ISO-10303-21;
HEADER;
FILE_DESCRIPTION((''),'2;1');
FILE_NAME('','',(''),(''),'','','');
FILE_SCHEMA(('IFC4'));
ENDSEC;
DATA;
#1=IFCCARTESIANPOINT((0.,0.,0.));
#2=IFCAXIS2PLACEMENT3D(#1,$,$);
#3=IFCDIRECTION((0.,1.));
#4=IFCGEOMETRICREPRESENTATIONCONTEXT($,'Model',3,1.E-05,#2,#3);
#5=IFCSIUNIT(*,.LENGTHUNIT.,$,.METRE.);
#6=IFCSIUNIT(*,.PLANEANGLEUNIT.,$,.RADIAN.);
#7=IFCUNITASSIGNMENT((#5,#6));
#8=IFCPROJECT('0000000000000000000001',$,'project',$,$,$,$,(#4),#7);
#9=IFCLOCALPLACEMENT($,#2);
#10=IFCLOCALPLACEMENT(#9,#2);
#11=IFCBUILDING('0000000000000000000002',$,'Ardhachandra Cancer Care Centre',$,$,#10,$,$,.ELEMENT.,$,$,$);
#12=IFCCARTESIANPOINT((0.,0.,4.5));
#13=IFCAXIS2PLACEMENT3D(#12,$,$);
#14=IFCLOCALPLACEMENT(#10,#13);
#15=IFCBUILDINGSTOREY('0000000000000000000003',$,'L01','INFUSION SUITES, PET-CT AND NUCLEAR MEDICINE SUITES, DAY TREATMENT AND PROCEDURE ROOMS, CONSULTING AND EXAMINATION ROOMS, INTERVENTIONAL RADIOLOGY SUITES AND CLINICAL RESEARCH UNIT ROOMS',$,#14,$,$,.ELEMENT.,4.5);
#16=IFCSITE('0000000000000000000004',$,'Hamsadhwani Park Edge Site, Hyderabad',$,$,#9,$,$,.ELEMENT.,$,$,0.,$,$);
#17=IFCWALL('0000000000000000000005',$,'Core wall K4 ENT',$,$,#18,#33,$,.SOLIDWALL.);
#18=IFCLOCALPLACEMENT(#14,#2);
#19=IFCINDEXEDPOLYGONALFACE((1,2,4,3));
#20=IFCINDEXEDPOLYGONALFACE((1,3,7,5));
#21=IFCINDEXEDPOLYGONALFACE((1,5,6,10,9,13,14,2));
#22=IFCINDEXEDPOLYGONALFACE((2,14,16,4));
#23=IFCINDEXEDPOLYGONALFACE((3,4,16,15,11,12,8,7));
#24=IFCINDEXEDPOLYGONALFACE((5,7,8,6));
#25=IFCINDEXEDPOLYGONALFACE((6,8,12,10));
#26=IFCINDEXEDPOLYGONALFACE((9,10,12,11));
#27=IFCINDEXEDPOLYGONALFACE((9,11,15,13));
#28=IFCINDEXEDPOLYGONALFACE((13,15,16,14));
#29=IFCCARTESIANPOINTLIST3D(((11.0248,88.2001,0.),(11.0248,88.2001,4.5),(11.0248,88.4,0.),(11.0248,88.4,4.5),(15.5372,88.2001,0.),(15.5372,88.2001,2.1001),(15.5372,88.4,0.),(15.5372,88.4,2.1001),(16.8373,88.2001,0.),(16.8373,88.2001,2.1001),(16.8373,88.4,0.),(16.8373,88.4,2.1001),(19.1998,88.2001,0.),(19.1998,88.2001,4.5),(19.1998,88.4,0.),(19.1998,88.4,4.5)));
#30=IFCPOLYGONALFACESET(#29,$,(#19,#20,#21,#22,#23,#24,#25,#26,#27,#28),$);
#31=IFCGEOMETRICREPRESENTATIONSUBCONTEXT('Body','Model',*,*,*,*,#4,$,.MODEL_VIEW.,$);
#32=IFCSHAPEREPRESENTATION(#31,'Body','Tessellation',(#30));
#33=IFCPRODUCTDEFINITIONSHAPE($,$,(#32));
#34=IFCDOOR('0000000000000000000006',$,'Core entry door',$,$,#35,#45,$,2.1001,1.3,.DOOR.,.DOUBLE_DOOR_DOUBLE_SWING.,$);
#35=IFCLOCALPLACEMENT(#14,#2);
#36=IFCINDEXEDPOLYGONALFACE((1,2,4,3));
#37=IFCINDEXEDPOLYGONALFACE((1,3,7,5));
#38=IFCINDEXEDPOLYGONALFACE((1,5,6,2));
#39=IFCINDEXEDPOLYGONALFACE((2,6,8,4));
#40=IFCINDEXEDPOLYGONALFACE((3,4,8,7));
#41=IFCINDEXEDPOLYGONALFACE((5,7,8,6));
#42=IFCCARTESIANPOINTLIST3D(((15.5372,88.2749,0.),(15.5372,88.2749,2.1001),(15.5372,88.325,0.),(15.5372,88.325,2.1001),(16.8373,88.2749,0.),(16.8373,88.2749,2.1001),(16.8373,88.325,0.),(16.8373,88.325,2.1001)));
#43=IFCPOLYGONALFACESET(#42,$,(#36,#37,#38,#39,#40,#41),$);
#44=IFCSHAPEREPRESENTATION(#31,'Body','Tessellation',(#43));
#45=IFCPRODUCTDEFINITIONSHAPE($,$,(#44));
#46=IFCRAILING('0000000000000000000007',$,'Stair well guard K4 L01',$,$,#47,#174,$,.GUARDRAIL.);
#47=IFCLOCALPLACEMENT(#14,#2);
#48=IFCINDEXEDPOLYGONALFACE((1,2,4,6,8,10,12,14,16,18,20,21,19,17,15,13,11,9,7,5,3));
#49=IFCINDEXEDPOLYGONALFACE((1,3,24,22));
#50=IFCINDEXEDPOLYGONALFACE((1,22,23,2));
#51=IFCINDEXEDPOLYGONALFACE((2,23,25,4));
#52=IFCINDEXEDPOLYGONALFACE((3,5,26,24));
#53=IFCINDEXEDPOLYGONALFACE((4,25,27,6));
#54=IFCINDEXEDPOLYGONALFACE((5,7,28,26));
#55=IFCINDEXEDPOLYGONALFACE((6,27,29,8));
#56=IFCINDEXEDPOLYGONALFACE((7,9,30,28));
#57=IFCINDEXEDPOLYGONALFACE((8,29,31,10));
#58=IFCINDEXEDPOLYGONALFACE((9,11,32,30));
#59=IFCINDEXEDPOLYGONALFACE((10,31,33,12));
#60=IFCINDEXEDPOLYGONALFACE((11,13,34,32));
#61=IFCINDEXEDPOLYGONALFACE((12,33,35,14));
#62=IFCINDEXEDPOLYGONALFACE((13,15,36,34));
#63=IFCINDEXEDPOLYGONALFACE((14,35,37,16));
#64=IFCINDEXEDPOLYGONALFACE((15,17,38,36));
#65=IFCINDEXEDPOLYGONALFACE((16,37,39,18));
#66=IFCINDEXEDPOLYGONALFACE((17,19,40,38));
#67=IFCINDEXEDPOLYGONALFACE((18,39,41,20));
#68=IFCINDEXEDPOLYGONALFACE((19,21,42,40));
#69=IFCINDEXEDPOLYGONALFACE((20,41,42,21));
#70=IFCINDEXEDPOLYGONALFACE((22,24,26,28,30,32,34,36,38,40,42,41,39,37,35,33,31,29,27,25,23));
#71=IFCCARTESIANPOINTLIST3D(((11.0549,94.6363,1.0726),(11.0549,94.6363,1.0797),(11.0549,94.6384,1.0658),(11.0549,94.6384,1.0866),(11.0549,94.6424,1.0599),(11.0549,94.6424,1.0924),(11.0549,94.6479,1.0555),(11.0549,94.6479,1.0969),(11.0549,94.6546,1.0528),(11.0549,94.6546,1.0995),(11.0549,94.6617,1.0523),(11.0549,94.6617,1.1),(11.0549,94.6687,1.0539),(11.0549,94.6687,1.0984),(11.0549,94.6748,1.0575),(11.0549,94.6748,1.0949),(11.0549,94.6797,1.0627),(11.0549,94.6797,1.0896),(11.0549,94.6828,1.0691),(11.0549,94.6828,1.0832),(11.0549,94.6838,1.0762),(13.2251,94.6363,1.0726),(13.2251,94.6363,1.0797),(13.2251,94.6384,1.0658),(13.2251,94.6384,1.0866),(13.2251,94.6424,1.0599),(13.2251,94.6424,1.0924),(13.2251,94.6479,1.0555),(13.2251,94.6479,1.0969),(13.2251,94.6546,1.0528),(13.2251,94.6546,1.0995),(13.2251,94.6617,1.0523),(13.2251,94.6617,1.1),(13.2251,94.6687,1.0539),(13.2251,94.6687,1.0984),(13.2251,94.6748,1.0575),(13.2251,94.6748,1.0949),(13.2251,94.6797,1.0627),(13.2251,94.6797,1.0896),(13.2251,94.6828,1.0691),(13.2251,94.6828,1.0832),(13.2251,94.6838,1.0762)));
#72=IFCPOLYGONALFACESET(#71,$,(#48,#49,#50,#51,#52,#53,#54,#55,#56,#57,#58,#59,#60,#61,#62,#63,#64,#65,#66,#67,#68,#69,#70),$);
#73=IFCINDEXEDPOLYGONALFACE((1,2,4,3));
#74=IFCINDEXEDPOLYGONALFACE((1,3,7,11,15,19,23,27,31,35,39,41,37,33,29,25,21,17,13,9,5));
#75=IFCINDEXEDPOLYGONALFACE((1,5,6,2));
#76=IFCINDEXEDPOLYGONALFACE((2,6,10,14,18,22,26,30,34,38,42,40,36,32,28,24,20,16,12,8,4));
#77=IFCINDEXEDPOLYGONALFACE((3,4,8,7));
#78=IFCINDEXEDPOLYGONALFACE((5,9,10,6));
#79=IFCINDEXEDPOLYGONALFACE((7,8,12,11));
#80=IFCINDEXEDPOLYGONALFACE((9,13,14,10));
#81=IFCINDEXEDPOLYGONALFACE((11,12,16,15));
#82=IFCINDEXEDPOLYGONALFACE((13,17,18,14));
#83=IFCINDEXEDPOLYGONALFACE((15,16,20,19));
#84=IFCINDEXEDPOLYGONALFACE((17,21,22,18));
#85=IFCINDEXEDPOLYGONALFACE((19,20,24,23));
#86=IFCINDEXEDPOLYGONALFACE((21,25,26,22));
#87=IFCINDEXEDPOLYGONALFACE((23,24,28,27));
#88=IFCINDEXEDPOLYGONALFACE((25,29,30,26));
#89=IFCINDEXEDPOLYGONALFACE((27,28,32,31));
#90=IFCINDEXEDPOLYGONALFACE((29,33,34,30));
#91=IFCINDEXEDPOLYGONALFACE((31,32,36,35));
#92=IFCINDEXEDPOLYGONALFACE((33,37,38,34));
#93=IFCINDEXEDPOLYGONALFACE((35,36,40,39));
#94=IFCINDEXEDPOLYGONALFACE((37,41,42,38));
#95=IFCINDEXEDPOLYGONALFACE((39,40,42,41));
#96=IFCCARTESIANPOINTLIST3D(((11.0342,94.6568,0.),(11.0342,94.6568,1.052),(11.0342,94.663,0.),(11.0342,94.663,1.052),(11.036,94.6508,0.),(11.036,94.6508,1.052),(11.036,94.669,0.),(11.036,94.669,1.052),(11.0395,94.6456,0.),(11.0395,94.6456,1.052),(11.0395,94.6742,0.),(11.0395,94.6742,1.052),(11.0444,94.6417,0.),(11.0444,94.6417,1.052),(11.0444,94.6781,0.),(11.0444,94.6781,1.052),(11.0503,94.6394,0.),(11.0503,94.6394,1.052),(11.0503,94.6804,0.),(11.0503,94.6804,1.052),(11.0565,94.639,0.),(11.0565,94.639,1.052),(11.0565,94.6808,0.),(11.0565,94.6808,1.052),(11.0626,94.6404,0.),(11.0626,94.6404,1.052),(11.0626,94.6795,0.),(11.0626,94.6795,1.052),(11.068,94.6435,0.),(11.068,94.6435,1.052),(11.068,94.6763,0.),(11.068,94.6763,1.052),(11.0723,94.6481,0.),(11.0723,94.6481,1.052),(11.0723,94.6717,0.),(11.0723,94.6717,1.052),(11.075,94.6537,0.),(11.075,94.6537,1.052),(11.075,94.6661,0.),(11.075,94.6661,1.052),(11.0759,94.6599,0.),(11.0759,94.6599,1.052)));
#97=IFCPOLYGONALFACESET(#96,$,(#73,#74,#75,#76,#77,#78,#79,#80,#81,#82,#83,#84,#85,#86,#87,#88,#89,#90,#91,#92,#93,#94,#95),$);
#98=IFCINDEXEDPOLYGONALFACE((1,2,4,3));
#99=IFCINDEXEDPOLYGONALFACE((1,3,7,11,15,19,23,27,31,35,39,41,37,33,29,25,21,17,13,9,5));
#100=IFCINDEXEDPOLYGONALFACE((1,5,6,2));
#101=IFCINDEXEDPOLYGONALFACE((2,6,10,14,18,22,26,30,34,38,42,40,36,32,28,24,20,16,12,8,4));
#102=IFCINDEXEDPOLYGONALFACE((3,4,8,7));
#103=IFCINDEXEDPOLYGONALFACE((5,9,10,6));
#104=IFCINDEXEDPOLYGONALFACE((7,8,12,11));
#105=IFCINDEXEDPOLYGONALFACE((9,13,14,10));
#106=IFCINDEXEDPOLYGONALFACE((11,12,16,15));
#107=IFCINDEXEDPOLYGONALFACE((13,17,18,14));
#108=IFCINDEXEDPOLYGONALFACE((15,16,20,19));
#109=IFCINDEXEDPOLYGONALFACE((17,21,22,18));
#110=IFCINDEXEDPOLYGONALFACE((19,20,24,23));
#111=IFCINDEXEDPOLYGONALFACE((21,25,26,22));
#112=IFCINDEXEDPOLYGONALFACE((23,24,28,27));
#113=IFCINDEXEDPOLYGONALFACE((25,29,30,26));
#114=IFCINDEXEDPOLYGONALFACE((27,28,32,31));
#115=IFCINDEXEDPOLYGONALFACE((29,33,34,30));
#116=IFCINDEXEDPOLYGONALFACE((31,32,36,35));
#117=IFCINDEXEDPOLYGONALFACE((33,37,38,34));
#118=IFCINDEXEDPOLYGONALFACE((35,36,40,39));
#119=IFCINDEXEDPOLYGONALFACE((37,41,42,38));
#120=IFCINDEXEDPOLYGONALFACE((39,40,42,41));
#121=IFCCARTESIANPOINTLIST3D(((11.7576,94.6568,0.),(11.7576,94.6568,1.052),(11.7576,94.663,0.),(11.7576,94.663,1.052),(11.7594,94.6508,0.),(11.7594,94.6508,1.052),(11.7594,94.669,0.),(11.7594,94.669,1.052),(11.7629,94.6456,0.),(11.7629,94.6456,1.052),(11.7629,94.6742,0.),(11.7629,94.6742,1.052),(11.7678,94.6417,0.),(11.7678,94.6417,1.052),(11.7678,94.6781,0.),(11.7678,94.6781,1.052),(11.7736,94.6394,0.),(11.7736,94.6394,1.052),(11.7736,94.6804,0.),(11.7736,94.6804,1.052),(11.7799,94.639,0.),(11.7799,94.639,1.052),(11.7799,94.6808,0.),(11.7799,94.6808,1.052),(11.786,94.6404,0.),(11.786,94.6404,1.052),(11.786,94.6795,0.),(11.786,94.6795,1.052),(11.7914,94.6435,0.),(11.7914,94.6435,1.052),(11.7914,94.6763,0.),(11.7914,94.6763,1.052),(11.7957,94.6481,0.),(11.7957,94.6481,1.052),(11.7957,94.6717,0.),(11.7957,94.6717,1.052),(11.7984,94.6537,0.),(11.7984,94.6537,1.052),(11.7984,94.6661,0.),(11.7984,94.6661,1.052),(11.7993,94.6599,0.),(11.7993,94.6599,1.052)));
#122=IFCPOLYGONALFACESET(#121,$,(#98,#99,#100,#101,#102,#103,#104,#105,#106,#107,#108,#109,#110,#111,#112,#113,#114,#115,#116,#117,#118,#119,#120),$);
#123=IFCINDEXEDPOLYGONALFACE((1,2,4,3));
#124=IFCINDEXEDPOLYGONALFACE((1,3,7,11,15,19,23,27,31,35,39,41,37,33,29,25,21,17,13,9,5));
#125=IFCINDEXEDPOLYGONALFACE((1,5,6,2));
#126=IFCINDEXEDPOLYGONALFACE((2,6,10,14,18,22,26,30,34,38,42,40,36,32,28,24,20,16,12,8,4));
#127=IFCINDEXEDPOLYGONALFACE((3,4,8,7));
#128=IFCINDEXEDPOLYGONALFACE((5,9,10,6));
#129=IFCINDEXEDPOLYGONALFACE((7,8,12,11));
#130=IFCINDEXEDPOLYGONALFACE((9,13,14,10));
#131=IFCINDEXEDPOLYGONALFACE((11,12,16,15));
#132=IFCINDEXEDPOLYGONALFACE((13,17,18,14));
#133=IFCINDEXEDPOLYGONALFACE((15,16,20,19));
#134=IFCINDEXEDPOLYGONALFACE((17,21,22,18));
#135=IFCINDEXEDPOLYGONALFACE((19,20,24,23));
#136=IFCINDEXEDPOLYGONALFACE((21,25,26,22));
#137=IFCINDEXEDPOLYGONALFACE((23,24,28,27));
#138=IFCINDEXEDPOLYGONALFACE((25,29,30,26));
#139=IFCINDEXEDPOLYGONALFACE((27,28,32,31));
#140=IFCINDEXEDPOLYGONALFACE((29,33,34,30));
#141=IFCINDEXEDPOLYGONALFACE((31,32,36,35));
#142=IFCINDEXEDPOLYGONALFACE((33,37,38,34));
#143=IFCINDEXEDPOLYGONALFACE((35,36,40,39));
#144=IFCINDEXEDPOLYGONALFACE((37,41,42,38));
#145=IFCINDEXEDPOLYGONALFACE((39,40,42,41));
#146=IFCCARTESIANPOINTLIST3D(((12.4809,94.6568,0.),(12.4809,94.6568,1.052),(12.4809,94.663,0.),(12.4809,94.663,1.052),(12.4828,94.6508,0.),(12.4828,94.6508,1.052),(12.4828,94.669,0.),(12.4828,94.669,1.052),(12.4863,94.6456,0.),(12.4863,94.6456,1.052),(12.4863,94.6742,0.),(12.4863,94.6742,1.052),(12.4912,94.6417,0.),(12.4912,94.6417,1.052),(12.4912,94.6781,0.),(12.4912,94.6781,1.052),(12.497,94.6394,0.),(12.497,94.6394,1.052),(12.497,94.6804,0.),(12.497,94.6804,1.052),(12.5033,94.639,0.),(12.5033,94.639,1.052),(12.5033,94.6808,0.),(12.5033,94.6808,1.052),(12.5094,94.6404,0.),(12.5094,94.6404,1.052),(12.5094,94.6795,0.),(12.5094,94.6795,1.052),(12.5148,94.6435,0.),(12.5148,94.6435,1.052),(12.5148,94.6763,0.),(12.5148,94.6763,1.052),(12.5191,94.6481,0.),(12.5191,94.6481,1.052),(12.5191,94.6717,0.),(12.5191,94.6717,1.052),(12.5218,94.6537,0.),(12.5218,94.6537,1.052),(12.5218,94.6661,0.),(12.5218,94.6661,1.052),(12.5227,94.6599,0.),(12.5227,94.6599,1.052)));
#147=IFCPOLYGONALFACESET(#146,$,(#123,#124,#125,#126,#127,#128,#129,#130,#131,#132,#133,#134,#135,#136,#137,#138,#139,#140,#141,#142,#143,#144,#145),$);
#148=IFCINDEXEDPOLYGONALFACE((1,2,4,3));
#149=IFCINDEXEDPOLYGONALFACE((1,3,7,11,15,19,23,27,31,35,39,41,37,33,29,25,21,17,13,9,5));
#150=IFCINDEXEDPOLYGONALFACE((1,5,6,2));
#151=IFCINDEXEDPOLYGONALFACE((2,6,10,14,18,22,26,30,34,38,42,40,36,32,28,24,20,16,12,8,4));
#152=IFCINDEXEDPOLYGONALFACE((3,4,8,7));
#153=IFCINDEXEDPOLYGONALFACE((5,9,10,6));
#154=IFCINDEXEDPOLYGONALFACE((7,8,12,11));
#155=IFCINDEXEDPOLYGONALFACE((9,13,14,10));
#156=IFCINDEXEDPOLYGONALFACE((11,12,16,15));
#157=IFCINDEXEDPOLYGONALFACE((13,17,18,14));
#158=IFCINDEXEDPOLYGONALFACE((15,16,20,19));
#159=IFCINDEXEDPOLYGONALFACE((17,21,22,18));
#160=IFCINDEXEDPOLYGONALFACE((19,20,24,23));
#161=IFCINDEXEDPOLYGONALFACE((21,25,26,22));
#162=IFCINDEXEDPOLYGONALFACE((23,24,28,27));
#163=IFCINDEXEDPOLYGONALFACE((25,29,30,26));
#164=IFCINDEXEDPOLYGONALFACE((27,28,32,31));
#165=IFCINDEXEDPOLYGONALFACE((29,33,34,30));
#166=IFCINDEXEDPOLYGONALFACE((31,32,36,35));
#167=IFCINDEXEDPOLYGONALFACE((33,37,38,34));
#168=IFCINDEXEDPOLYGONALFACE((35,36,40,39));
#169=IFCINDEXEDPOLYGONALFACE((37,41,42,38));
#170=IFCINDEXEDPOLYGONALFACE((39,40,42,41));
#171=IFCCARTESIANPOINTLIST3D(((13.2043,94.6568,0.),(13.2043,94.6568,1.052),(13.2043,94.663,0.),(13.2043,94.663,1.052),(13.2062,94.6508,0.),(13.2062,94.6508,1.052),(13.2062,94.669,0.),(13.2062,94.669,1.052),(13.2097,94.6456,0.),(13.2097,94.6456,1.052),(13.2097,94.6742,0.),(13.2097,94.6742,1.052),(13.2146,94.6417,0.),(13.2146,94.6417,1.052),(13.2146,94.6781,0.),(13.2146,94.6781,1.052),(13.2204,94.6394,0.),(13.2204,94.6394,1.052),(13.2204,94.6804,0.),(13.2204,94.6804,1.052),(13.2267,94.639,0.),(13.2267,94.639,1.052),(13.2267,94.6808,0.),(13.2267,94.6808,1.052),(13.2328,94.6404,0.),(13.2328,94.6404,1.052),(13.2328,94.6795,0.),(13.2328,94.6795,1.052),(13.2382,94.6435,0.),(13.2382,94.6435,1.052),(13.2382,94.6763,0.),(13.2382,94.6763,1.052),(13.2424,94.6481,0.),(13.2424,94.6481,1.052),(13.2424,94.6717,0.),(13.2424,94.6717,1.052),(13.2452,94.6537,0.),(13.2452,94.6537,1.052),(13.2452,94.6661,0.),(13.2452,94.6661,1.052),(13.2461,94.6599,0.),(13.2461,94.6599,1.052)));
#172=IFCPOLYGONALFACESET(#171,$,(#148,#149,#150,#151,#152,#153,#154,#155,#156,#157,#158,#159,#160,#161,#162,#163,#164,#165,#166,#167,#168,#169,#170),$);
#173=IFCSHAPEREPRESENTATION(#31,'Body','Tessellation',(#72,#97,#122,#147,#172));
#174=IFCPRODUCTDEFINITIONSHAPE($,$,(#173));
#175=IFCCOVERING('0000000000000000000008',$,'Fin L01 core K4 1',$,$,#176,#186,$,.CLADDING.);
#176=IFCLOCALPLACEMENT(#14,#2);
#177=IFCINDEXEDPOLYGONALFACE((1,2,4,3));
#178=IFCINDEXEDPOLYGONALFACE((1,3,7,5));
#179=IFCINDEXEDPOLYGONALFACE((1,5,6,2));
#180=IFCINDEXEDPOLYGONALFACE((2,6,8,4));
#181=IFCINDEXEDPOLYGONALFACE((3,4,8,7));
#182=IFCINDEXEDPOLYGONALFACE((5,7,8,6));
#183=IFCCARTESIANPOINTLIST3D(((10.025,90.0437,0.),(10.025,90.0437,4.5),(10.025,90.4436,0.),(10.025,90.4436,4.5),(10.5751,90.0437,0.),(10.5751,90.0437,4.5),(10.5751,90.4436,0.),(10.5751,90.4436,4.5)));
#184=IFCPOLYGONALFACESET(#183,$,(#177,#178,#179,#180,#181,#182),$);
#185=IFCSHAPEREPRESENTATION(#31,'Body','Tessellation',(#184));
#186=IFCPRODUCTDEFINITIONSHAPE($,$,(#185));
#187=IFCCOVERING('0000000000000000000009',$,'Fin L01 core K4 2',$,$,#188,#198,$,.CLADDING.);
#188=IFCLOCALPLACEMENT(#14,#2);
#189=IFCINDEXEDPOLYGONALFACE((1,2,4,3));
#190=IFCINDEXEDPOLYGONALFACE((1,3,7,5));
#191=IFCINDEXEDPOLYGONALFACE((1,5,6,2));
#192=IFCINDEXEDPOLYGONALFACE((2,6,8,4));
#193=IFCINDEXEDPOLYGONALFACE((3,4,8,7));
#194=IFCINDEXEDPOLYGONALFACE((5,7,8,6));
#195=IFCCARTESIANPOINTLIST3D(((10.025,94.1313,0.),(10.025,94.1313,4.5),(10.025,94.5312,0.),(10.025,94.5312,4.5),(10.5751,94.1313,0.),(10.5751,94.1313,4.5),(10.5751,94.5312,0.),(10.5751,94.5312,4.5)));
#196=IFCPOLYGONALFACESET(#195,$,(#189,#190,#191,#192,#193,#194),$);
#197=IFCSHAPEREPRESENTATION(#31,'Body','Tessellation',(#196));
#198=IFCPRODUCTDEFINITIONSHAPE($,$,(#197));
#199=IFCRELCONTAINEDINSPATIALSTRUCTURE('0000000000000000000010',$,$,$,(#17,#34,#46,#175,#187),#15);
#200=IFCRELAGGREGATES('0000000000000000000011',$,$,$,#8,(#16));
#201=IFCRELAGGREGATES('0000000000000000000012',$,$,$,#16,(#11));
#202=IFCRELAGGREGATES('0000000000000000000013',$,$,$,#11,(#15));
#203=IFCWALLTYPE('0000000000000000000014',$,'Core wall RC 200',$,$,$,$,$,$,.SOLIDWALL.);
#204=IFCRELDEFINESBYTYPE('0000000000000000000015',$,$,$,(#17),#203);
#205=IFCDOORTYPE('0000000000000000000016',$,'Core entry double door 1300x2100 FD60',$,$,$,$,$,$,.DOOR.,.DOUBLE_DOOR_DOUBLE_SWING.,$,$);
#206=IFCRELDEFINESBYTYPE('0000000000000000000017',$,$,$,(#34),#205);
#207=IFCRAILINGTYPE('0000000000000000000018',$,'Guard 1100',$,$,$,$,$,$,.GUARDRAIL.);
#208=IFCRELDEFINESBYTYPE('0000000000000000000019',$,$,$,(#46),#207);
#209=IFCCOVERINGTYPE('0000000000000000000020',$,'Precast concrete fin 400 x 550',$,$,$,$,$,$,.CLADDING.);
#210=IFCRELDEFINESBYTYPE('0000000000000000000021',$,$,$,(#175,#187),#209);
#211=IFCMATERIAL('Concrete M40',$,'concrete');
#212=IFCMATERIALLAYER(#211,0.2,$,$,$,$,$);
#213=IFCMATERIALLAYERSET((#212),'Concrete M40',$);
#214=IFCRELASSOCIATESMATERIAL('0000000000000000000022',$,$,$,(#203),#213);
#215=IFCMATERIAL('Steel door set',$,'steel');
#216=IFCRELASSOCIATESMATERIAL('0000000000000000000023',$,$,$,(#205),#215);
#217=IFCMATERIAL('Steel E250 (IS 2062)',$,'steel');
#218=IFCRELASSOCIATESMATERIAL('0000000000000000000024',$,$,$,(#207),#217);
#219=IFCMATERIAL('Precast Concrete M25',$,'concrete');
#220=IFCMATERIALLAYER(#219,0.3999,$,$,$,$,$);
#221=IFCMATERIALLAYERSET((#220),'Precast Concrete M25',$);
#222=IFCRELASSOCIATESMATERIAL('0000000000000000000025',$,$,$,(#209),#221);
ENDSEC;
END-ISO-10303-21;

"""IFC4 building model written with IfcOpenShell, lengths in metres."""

from ifc_helpers import new_model, si_unit, direction, frame, frame_2d, origin, origin_2d, place, context, subcontext, project, spatial, rectangle, circle, extrude, material, layer, layer_set, type_object, element, fill, save


model = new_model("IFC4")

# Units and contexts
model_context = context("Model", 3, precision=1e-05, world=origin(), true_north=direction((0.0, 1.0)))
body_context = subcontext(model_context, "Body", "Model", "MODEL_VIEW")
ifc_project = project(units=[si_unit("LENGTHUNIT", "METRE"), si_unit("PLANEANGLEUNIT", "RADIAN")], contexts=[model_context])

# Site, building, storey
site_placement = place(None, origin())
site = spatial("IfcSite", under=ifc_project, at=site_placement, Name="Hamsadhwani Park Edge Site, Hyderabad", CompositionType="ELEMENT", RefElevation=0.0)
building_placement = place(site_placement, origin())
building = spatial("IfcBuilding", under=site, at=building_placement, Name="Ardhachandra Cancer Care Centre", CompositionType="ELEMENT")
storey_placement = place(building_placement, frame((0.0, 0.0, 4.5)))
storey = spatial("IfcBuildingStorey", under=building, at=storey_placement, Name="L01", Description="INFUSION SUITES, PET-CT AND NUCLEAR MEDICINE SUITES, DAY TREATMENT AND PROCEDURE ROOMS, CONSULTING AND EXAMINATION ROOMS, INTERVENTIONAL RADIOLOGY SUITES AND CLINICAL RESEARCH UNIT ROOMS", CompositionType="ELEMENT", Elevation=4.5)

# Wall, opening, door
ifc_material_1 = material(Name="Concrete M40", Category="concrete")
ifc_layer_1 = layer(ifc_material_1, 0.2)
ifc_layer_set_1 = layer_set([ifc_layer_1], Name="Concrete M40")
wall_type_1 = type_object("IfcWallType", Name="Core wall RC 200", PredefinedType="SOLIDWALL", material=ifc_layer_set_1)
wall_1_placement = place(storey_placement, frame((11.0249, 88.3, 0.0), z_axis=(0.0, 0.0, 1.0), x_axis=(1.0, 0.0, 0.0)))
wall_1 = element("IfcWall", 1, at=wall_1_placement, inside=storey, type_object=wall_type_1, Name="Core wall K4 ENT", PredefinedType="SOLIDWALL", context=body_context, shape_type="SweptSolid", body=[
    extrude(rectangle(XDim=8.175, YDim=0.2, at=frame_2d((4.0874, 0.0))), origin(), (0.0, 0.0, 1.0), 4.5),
])
opening_placement = place(wall_1_placement, frame((4.5125, 0.0, 0.0)))
opening = element("IfcOpeningElement", 2, at=opening_placement, cuts=wall_1, PredefinedType="OPENING", context=body_context, shape_type="SweptSolid", body=[
    extrude(rectangle(XDim=1.3, YDim=2.1001, at=frame_2d((0.6499, 1.05))), frame((0.0, 0.1099, 0.0), z_axis=(0.0, -1.0, 0.0), x_axis=(1.0, 0.0, 0.0)), (0.0, 0.0, 1.0), 0.22),
])
ifc_material_2 = material(Name="Steel door set", Category="steel")
door_type = type_object("IfcDoorType", Name="Core entry double door 1300x2100 FD60", OperationType="DOUBLE_DOOR_DOUBLE_SWING", PredefinedType="DOOR", material=ifc_material_2)
door_placement = place(opening_placement, origin())
door = element("IfcDoor", 3, at=door_placement, inside=storey, type_object=door_type, Name="Core entry door", OperationType="DOUBLE_DOOR_DOUBLE_SWING", OverallHeight=2.1001, OverallWidth=1.3, PredefinedType="DOOR", context=body_context, shape_type="SweptSolid", body=[
    extrude(rectangle(XDim=1.3, YDim=2.1001, at=frame_2d((0.6499, 1.05))), frame((0.0, 0.0249, 0.0), z_axis=(0.0, -1.0, 0.0), x_axis=(1.0, 0.0, 0.0)), (0.0, 0.0, 1.0), 0.05),
])
fill(opening, door)

# Railing
ifc_material_3 = material(Name="Steel E250 (IS 2062)", Category="steel")
railing_type = type_object("IfcRailingType", Name="Guard 1100", PredefinedType="GUARDRAIL", material=ifc_material_3)
railing_placement = place(storey_placement, frame((11.0549, 94.6599, 0.0)))
element("IfcRailing", 4, at=railing_placement, inside=storey, type_object=railing_type, Name="Stair well guard K4 L01", PredefinedType="GUARDRAIL", context=body_context, shape_type="SweptSolid", body=[
    extrude(circle(Radius=0.0239, at=origin_2d()), frame((0.0, 0.0, 1.0762), z_axis=(1.0, 0.0, 0.0), x_axis=(0.0, 1.0, 0.0)), (0.0, 0.0, 1.0), 2.1702),
    extrude(circle(Radius=0.021, at=origin_2d()), origin(), (0.0, 0.0, 1.0), 1.052),
    extrude(circle(Radius=0.021, at=origin_2d()), frame((0.7234, 0.0, 0.0)), (0.0, 0.0, 1.0), 1.052),
    extrude(circle(Radius=0.021, at=origin_2d()), frame((1.4468, 0.0, 0.0)), (0.0, 0.0, 1.0), 1.052),
    extrude(circle(Radius=0.021, at=origin_2d()), frame((2.1702, 0.0, 0.0)), (0.0, 0.0, 1.0), 1.052),
])

# Coverings
ifc_material_4 = material(Name="Precast Concrete M25", Category="concrete")
ifc_layer_2 = layer(ifc_material_4, 0.3999)
ifc_layer_set_2 = layer_set([ifc_layer_2], Name="Precast Concrete M25")
covering_type = type_object("IfcCoveringType", Name="Precast concrete fin 400 x 550", PredefinedType="CLADDING", material=ifc_layer_set_2)
for number, where, z_axis, x_axis, name in (
    (5, (10.3, 90.2437, 0.0), (0.0, 0.0, 1.0), (0.0, 1.0, 0.0), "Fin L01 core K4 1"),
    (6, (10.3, 94.3313, 0.0), (0.0, 0.0, 1.0), (0.0, 1.0, 0.0), "Fin L01 core K4 2"),
):
    element("IfcCovering", number, at=place(storey_placement, frame(where, z_axis=z_axis, x_axis=x_axis)), inside=storey, type_object=covering_type, Name=name, PredefinedType="CLADDING", context=body_context, shape_type="SweptSolid", body=[
        extrude(rectangle(XDim=0.3999, YDim=0.55, at=origin_2d()), origin(), (0.0, 0.0, 1.0), 4.5),
    ])

save(model, "model.ifc")
